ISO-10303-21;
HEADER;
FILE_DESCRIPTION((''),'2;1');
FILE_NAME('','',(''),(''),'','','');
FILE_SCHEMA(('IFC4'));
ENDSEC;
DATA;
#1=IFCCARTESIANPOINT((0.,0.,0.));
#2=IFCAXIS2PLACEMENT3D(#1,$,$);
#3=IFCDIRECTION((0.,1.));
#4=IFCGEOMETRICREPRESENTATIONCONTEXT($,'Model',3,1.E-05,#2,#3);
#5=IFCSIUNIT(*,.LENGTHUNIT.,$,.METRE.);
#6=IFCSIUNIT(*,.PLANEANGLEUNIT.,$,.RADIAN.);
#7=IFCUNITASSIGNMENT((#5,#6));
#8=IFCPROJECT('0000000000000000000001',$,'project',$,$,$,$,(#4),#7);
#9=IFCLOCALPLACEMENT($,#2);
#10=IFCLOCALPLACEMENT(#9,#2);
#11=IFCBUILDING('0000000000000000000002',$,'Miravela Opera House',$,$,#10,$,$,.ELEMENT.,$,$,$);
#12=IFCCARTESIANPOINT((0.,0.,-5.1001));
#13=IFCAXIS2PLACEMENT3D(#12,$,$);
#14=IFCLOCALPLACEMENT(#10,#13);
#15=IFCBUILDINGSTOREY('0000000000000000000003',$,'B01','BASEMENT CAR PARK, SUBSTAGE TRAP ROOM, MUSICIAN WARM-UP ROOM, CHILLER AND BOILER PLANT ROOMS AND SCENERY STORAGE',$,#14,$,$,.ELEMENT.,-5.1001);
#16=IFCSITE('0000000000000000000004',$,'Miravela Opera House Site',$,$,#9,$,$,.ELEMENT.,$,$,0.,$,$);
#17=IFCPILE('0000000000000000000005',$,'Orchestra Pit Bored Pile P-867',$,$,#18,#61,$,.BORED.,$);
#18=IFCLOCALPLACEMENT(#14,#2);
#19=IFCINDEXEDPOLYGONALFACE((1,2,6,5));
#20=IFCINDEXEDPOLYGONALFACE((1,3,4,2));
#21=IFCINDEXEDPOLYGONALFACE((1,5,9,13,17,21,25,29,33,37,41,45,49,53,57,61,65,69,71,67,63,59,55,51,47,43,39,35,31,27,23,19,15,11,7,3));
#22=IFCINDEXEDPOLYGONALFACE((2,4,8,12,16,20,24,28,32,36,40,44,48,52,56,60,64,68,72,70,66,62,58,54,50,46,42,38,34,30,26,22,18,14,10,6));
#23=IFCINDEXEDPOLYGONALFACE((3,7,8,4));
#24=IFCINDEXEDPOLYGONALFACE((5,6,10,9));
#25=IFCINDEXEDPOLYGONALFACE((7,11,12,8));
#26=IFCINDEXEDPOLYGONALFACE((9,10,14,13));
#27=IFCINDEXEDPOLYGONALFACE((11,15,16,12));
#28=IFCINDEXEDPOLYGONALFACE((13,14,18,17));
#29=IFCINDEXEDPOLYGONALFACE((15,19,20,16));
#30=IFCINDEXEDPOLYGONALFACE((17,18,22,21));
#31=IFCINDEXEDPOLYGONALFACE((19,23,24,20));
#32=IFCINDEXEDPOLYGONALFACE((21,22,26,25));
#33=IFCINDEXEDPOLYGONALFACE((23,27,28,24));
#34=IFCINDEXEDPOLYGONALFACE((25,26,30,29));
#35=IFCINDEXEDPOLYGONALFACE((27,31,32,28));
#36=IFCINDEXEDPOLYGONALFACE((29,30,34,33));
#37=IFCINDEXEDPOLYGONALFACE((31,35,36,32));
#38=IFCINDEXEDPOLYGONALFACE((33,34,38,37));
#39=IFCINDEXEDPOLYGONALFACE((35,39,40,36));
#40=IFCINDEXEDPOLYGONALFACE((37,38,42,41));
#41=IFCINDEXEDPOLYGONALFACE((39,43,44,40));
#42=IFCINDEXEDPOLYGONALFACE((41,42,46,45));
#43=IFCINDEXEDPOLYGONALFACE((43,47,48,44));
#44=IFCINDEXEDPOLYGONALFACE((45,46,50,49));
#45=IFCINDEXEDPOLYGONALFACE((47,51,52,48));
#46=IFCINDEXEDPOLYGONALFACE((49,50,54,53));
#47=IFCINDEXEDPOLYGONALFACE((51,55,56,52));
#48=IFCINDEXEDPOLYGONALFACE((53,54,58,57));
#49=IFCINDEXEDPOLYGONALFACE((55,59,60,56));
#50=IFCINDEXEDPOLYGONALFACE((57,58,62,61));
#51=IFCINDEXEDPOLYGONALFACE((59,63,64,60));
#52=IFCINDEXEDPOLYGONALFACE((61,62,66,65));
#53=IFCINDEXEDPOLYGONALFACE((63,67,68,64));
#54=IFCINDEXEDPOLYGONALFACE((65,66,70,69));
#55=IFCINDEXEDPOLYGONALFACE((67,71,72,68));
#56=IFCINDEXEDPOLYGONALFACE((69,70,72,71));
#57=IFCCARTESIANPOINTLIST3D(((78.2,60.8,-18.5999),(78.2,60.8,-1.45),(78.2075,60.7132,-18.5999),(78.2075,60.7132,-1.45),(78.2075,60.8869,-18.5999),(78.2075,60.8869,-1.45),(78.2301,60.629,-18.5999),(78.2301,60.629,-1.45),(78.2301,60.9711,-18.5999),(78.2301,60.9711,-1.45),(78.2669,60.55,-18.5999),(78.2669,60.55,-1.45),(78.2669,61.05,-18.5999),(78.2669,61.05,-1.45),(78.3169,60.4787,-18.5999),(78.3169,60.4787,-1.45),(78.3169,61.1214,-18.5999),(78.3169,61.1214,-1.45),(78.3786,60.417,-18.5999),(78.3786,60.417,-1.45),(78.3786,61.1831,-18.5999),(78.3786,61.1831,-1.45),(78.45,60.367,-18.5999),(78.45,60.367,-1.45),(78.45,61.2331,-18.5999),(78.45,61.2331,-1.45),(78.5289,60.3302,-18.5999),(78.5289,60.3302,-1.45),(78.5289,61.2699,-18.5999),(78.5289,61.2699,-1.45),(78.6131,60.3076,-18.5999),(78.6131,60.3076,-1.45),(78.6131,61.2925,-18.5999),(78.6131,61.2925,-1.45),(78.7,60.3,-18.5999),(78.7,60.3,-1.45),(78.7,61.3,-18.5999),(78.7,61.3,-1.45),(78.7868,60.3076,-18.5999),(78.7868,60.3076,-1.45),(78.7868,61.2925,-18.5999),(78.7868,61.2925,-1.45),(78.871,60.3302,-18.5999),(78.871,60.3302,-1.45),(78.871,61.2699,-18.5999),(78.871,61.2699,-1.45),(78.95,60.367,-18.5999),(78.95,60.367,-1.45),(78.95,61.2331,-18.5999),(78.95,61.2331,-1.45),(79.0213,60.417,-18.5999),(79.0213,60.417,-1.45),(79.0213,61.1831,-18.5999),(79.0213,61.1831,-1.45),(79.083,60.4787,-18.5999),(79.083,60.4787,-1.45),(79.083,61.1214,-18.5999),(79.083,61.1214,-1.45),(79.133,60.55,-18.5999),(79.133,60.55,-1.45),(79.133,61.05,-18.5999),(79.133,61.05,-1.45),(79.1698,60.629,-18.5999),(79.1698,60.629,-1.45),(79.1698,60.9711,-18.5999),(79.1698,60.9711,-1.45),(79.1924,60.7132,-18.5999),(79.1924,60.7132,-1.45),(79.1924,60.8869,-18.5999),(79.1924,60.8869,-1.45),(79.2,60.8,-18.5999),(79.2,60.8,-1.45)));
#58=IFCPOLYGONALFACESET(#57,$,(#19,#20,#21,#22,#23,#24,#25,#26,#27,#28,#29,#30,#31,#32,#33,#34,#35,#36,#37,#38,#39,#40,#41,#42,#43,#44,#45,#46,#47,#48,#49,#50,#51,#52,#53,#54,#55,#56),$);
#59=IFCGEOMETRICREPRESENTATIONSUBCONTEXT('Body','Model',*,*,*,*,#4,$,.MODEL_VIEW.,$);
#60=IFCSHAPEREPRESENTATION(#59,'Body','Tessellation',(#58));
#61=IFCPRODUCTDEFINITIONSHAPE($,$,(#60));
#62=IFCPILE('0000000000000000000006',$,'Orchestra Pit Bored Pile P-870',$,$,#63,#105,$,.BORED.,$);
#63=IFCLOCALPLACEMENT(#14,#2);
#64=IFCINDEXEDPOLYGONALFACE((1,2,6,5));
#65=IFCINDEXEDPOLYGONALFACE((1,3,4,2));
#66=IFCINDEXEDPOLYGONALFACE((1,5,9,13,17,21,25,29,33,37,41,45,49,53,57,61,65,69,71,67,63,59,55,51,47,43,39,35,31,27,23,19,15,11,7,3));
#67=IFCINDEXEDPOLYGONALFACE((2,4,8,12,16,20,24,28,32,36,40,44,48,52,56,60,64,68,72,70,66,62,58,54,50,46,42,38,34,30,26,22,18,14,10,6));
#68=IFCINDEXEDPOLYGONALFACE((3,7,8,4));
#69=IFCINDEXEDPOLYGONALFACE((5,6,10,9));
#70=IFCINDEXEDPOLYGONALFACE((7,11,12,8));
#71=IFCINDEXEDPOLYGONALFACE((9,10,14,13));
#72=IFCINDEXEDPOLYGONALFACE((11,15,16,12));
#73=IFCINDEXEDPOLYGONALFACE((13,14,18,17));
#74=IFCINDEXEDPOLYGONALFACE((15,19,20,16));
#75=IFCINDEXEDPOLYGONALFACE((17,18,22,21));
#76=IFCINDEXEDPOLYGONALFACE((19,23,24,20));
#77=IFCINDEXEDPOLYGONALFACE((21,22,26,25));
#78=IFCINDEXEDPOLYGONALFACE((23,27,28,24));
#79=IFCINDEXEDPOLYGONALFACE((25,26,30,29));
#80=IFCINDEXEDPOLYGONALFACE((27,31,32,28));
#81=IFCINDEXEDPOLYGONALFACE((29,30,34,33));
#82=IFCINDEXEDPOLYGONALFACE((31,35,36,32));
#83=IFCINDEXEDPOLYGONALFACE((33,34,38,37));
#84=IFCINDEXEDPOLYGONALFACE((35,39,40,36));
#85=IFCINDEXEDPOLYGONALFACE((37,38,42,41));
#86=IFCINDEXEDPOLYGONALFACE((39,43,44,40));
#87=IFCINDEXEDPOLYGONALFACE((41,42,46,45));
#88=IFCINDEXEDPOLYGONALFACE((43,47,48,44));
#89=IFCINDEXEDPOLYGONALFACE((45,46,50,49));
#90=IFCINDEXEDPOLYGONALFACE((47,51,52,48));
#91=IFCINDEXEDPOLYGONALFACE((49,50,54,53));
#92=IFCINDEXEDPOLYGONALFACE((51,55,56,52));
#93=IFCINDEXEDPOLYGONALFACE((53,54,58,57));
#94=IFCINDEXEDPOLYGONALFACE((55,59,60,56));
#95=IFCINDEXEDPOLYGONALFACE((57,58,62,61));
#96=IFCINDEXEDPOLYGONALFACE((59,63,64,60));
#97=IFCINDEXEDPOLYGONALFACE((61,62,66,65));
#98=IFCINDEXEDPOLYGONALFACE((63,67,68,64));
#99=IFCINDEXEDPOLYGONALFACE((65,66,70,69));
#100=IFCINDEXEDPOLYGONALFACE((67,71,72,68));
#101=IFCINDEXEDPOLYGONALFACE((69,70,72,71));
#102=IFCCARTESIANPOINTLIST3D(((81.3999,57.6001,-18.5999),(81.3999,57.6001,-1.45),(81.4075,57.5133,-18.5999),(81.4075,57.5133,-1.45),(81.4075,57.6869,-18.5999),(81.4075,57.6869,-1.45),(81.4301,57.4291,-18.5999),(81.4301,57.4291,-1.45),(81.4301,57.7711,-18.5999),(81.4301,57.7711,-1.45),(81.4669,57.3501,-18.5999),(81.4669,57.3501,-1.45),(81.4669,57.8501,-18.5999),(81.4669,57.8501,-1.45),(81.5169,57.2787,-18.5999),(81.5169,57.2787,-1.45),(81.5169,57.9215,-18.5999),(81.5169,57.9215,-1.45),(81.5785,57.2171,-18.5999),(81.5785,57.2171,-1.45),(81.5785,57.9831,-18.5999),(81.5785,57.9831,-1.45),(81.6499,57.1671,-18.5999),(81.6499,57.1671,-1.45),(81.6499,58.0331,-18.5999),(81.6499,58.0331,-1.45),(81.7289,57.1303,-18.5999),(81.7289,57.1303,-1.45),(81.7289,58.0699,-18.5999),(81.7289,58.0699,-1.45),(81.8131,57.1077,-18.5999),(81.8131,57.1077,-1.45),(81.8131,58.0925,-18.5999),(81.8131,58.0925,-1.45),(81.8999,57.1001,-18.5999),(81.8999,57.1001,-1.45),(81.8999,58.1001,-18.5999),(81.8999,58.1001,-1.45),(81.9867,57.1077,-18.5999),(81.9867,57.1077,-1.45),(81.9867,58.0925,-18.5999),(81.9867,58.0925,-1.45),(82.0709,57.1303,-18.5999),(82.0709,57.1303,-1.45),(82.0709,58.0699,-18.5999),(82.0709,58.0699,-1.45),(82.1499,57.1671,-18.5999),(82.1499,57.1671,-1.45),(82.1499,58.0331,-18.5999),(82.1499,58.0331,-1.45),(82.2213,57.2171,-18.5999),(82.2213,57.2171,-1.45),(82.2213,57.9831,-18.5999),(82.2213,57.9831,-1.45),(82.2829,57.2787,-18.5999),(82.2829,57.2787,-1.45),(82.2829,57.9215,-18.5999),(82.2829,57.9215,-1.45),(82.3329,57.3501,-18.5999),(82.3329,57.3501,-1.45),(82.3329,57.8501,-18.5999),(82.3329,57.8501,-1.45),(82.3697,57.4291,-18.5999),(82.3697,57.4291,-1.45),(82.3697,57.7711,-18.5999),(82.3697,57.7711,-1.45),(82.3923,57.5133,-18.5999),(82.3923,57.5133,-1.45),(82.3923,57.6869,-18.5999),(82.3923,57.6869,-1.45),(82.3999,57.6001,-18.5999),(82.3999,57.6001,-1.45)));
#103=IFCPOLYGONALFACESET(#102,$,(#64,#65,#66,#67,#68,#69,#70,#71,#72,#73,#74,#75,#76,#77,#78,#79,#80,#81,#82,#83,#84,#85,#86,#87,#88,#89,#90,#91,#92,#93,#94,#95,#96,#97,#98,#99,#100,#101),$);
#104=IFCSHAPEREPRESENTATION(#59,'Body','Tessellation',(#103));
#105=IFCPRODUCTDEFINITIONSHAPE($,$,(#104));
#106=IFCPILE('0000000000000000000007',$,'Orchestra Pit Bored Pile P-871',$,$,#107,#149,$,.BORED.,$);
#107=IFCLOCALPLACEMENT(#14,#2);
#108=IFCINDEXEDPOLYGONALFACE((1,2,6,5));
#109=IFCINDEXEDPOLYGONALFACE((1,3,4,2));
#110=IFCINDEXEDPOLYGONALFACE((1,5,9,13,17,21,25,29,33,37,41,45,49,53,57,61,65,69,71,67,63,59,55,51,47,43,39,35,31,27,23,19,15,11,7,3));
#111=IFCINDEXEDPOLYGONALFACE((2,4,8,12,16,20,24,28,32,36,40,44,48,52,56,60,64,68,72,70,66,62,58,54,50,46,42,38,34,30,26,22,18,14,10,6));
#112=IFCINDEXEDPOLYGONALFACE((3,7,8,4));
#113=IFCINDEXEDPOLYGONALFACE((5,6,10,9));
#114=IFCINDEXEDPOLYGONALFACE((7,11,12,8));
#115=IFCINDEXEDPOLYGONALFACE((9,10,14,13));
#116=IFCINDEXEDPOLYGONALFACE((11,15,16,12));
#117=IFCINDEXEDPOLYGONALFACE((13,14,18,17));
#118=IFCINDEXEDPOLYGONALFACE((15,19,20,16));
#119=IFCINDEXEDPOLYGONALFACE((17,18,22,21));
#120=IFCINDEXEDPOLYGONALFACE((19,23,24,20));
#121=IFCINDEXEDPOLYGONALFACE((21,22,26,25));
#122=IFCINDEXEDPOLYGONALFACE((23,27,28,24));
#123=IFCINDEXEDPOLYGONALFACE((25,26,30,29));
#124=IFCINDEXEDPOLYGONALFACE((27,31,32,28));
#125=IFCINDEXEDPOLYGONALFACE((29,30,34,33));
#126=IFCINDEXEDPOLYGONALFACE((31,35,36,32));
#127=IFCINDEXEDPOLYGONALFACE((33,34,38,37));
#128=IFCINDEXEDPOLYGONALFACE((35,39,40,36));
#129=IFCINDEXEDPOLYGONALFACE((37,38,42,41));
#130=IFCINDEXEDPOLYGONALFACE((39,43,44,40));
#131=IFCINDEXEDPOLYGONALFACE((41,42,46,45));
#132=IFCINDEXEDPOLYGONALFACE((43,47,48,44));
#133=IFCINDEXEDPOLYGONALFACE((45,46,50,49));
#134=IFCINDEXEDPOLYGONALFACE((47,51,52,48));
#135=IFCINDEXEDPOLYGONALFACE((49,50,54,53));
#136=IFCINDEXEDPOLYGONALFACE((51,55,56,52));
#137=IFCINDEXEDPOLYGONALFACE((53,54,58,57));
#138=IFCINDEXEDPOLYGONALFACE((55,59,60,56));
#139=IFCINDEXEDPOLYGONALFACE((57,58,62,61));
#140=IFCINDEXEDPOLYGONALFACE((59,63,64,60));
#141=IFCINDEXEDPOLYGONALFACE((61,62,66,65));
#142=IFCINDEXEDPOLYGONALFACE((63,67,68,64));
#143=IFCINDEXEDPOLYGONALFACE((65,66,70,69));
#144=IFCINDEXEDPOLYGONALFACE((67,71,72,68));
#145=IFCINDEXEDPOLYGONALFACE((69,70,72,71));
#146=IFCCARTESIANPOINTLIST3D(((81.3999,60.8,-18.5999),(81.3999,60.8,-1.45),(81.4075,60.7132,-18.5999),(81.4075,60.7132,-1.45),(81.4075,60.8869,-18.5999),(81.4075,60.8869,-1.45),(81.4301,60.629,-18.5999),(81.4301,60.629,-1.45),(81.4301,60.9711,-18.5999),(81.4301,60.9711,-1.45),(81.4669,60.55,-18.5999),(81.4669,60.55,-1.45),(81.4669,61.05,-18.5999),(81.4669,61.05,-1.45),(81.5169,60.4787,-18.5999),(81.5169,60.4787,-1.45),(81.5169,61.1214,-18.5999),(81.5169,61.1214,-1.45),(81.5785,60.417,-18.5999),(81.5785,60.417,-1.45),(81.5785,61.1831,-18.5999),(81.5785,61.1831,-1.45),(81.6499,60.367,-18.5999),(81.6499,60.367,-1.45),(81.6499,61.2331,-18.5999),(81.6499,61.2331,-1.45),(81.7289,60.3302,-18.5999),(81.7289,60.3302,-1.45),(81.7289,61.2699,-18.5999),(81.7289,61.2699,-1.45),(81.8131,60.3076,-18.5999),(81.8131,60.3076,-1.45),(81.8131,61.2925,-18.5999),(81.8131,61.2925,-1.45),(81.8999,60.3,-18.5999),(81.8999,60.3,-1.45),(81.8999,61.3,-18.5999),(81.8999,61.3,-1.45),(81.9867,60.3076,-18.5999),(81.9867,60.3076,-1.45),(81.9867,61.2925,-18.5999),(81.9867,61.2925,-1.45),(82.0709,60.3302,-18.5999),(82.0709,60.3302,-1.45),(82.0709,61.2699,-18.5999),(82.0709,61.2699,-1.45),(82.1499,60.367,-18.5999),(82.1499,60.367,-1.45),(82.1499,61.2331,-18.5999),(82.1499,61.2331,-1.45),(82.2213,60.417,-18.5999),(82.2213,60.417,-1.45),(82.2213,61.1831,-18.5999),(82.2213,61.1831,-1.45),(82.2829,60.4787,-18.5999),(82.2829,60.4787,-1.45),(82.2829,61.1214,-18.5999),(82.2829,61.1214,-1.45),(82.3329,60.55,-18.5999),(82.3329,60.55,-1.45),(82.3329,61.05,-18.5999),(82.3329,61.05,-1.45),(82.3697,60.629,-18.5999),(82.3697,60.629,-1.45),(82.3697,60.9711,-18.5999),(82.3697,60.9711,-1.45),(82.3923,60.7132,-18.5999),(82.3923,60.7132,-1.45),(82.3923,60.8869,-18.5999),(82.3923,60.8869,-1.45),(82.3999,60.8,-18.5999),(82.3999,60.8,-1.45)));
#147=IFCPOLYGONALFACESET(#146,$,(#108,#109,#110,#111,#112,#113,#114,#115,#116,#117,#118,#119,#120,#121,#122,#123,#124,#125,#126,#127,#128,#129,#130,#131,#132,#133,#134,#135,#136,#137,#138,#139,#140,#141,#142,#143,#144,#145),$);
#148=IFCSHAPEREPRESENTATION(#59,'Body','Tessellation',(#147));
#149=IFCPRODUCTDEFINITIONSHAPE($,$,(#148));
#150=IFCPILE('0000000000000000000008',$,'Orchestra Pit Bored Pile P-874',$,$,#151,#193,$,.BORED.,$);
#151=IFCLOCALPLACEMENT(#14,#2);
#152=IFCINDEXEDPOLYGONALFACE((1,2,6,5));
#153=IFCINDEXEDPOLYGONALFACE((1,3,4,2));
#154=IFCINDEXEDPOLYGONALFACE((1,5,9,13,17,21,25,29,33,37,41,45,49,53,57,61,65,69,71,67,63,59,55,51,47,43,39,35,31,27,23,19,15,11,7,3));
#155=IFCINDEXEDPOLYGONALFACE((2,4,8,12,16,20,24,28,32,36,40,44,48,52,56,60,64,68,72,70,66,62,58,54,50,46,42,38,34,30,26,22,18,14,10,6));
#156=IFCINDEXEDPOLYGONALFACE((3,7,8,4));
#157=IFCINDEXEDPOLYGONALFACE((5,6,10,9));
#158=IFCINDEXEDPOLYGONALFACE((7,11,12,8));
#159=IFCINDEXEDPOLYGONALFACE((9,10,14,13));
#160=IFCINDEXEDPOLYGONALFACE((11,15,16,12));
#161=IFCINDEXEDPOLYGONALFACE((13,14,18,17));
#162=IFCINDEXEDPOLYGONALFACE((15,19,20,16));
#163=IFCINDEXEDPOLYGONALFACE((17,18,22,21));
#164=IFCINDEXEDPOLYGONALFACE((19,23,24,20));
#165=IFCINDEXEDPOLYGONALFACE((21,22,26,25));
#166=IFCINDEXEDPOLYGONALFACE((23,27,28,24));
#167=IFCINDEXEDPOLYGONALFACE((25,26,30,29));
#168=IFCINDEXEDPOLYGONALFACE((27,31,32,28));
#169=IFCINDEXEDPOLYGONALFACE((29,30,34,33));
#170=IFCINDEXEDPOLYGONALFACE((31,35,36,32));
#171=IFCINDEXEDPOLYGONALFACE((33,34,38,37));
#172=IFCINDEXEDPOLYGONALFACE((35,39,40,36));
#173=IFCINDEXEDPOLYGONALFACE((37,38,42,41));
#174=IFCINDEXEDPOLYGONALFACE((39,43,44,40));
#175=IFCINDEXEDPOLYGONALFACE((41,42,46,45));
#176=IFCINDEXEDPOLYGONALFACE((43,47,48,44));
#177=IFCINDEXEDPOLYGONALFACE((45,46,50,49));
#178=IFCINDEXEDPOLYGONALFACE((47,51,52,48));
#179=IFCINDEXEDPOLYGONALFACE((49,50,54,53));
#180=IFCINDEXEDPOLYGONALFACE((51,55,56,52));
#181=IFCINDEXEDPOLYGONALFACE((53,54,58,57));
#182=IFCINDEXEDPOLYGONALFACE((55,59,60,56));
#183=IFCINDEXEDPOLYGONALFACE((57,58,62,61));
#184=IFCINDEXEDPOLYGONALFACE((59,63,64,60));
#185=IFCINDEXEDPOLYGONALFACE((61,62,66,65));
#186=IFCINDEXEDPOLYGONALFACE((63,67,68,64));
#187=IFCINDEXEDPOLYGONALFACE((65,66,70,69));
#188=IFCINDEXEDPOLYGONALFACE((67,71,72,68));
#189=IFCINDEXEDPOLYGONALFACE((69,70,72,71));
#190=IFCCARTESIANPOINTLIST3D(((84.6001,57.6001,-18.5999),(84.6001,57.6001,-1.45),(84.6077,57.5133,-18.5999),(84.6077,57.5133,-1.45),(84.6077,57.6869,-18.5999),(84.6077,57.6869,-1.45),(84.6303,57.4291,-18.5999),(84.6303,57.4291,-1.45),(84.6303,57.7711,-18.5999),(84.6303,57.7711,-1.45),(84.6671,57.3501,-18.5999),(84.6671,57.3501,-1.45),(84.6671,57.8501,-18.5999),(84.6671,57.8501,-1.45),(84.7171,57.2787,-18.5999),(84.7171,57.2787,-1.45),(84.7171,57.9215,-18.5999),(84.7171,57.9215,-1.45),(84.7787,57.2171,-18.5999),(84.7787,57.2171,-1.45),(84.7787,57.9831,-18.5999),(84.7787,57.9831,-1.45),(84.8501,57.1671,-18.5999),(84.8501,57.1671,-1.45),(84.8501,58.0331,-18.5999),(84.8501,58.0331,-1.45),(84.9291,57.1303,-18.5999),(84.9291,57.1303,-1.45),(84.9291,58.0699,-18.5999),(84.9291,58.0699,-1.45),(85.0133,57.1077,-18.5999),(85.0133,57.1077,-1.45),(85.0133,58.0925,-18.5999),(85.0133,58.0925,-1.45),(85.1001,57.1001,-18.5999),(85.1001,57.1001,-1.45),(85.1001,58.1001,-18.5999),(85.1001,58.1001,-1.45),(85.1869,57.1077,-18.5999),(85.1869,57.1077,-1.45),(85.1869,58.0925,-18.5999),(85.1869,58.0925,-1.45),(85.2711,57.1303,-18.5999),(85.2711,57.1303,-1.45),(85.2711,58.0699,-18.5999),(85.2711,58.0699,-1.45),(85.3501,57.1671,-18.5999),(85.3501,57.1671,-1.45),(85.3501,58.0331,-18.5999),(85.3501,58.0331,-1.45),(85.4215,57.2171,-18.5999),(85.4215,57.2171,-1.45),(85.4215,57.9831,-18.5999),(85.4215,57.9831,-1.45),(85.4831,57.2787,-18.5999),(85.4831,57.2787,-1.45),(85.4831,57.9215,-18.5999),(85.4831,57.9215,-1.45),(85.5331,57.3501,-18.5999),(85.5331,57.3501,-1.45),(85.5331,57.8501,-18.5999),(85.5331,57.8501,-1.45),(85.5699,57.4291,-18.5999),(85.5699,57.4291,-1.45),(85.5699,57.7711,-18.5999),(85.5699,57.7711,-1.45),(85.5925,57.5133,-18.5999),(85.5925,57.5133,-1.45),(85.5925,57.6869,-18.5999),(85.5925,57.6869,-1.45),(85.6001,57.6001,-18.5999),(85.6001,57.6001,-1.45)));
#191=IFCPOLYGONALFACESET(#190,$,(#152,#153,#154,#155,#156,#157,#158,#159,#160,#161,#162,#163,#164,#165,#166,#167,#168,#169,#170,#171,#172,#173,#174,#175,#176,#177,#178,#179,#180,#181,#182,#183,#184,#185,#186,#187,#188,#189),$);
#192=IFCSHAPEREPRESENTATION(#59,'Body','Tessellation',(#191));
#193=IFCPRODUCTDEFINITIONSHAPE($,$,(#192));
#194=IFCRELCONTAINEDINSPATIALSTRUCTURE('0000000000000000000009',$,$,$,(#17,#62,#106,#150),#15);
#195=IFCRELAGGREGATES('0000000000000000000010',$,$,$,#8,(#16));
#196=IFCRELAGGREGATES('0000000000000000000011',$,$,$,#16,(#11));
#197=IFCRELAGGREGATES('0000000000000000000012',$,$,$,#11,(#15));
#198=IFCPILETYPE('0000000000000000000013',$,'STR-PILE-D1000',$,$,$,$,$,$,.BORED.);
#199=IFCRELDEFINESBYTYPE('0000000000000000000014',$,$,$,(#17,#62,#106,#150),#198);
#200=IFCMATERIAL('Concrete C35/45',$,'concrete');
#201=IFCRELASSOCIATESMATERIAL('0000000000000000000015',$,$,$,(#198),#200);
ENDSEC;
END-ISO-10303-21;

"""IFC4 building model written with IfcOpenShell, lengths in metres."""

from ifc_helpers import new_model, si_unit, direction, frame, origin, origin_2d, place, context, subcontext, project, spatial, circle, extrude, material, material_profile, profile_set, type_object, element, save


model = new_model("IFC4")

# Units and contexts
model_context = context("Model", 3, precision=1e-05, world=origin(), true_north=direction((0.0, 1.0)))
body_context = subcontext(model_context, "Body", "Model", "MODEL_VIEW")
ifc_project = project(units=[si_unit("LENGTHUNIT", "METRE"), si_unit("PLANEANGLEUNIT", "RADIAN")], contexts=[model_context])

# Site, building, storey
site_placement = place(None, origin())
site = spatial("IfcSite", under=ifc_project, at=site_placement, Name="Miravela Opera House Site", CompositionType="ELEMENT", RefElevation=0.0)
building_placement = place(site_placement, origin())
building = spatial("IfcBuilding", under=site, at=building_placement, Name="Miravela Opera House", CompositionType="ELEMENT")
storey_placement = place(building_placement, frame((0.0, 0.0, -5.1001)))
storey = spatial("IfcBuildingStorey", under=building, at=storey_placement, Name="B01", Description="BASEMENT CAR PARK, SUBSTAGE TRAP ROOM, MUSICIAN WARM-UP ROOM, CHILLER AND BOILER PLANT ROOMS AND SCENERY STORAGE", CompositionType="ELEMENT", Elevation=-5.1001)

# Shared definitions
ifc_material_1 = material(Name="Concrete C35/45", Category="concrete")

# Piles
ifc_material_profile_1 = material_profile(ifc_material_1, circle(Radius=0.5, at=origin_2d()), Name="PILE-D1000")
ifc_profile_set_1 = profile_set([ifc_material_profile_1])
pile_type_1 = type_object("IfcPileType", Name="STR-PILE-D1000", PredefinedType="BORED", material=ifc_profile_set_1)
for number, where, z_axis, x_axis, name in (
    (1, (78.7, 60.8, -1.45), (0.0, 0.0, -1.0), (1.0, 0.0, 0.0), "Orchestra Pit Bored Pile P-867"),
    (2, (81.8999, 57.6001, -1.45), (0.0, 0.0, -1.0), (1.0, 0.0, 0.0), "Orchestra Pit Bored Pile P-870"),
    (3, (81.8999, 60.8, -1.45), (0.0, 0.0, -1.0), (1.0, 0.0, 0.0), "Orchestra Pit Bored Pile P-871"),
    (4, (85.1001, 57.6001, -1.45), (0.0, 0.0, -1.0), (1.0, 0.0, 0.0), "Orchestra Pit Bored Pile P-874"),
):
    element("IfcPile", number, at=place(storey_placement, frame(where, z_axis=z_axis, x_axis=x_axis)), inside=storey, type_object=pile_type_1, Name=name, PredefinedType="BORED", context=body_context, shape_type="SweptSolid", body=[
        extrude(circle(Radius=0.5, at=origin_2d()), origin(), (0.0, 0.0, 1.0), 17.1499),
    ])

save(model, "model.ifc")
